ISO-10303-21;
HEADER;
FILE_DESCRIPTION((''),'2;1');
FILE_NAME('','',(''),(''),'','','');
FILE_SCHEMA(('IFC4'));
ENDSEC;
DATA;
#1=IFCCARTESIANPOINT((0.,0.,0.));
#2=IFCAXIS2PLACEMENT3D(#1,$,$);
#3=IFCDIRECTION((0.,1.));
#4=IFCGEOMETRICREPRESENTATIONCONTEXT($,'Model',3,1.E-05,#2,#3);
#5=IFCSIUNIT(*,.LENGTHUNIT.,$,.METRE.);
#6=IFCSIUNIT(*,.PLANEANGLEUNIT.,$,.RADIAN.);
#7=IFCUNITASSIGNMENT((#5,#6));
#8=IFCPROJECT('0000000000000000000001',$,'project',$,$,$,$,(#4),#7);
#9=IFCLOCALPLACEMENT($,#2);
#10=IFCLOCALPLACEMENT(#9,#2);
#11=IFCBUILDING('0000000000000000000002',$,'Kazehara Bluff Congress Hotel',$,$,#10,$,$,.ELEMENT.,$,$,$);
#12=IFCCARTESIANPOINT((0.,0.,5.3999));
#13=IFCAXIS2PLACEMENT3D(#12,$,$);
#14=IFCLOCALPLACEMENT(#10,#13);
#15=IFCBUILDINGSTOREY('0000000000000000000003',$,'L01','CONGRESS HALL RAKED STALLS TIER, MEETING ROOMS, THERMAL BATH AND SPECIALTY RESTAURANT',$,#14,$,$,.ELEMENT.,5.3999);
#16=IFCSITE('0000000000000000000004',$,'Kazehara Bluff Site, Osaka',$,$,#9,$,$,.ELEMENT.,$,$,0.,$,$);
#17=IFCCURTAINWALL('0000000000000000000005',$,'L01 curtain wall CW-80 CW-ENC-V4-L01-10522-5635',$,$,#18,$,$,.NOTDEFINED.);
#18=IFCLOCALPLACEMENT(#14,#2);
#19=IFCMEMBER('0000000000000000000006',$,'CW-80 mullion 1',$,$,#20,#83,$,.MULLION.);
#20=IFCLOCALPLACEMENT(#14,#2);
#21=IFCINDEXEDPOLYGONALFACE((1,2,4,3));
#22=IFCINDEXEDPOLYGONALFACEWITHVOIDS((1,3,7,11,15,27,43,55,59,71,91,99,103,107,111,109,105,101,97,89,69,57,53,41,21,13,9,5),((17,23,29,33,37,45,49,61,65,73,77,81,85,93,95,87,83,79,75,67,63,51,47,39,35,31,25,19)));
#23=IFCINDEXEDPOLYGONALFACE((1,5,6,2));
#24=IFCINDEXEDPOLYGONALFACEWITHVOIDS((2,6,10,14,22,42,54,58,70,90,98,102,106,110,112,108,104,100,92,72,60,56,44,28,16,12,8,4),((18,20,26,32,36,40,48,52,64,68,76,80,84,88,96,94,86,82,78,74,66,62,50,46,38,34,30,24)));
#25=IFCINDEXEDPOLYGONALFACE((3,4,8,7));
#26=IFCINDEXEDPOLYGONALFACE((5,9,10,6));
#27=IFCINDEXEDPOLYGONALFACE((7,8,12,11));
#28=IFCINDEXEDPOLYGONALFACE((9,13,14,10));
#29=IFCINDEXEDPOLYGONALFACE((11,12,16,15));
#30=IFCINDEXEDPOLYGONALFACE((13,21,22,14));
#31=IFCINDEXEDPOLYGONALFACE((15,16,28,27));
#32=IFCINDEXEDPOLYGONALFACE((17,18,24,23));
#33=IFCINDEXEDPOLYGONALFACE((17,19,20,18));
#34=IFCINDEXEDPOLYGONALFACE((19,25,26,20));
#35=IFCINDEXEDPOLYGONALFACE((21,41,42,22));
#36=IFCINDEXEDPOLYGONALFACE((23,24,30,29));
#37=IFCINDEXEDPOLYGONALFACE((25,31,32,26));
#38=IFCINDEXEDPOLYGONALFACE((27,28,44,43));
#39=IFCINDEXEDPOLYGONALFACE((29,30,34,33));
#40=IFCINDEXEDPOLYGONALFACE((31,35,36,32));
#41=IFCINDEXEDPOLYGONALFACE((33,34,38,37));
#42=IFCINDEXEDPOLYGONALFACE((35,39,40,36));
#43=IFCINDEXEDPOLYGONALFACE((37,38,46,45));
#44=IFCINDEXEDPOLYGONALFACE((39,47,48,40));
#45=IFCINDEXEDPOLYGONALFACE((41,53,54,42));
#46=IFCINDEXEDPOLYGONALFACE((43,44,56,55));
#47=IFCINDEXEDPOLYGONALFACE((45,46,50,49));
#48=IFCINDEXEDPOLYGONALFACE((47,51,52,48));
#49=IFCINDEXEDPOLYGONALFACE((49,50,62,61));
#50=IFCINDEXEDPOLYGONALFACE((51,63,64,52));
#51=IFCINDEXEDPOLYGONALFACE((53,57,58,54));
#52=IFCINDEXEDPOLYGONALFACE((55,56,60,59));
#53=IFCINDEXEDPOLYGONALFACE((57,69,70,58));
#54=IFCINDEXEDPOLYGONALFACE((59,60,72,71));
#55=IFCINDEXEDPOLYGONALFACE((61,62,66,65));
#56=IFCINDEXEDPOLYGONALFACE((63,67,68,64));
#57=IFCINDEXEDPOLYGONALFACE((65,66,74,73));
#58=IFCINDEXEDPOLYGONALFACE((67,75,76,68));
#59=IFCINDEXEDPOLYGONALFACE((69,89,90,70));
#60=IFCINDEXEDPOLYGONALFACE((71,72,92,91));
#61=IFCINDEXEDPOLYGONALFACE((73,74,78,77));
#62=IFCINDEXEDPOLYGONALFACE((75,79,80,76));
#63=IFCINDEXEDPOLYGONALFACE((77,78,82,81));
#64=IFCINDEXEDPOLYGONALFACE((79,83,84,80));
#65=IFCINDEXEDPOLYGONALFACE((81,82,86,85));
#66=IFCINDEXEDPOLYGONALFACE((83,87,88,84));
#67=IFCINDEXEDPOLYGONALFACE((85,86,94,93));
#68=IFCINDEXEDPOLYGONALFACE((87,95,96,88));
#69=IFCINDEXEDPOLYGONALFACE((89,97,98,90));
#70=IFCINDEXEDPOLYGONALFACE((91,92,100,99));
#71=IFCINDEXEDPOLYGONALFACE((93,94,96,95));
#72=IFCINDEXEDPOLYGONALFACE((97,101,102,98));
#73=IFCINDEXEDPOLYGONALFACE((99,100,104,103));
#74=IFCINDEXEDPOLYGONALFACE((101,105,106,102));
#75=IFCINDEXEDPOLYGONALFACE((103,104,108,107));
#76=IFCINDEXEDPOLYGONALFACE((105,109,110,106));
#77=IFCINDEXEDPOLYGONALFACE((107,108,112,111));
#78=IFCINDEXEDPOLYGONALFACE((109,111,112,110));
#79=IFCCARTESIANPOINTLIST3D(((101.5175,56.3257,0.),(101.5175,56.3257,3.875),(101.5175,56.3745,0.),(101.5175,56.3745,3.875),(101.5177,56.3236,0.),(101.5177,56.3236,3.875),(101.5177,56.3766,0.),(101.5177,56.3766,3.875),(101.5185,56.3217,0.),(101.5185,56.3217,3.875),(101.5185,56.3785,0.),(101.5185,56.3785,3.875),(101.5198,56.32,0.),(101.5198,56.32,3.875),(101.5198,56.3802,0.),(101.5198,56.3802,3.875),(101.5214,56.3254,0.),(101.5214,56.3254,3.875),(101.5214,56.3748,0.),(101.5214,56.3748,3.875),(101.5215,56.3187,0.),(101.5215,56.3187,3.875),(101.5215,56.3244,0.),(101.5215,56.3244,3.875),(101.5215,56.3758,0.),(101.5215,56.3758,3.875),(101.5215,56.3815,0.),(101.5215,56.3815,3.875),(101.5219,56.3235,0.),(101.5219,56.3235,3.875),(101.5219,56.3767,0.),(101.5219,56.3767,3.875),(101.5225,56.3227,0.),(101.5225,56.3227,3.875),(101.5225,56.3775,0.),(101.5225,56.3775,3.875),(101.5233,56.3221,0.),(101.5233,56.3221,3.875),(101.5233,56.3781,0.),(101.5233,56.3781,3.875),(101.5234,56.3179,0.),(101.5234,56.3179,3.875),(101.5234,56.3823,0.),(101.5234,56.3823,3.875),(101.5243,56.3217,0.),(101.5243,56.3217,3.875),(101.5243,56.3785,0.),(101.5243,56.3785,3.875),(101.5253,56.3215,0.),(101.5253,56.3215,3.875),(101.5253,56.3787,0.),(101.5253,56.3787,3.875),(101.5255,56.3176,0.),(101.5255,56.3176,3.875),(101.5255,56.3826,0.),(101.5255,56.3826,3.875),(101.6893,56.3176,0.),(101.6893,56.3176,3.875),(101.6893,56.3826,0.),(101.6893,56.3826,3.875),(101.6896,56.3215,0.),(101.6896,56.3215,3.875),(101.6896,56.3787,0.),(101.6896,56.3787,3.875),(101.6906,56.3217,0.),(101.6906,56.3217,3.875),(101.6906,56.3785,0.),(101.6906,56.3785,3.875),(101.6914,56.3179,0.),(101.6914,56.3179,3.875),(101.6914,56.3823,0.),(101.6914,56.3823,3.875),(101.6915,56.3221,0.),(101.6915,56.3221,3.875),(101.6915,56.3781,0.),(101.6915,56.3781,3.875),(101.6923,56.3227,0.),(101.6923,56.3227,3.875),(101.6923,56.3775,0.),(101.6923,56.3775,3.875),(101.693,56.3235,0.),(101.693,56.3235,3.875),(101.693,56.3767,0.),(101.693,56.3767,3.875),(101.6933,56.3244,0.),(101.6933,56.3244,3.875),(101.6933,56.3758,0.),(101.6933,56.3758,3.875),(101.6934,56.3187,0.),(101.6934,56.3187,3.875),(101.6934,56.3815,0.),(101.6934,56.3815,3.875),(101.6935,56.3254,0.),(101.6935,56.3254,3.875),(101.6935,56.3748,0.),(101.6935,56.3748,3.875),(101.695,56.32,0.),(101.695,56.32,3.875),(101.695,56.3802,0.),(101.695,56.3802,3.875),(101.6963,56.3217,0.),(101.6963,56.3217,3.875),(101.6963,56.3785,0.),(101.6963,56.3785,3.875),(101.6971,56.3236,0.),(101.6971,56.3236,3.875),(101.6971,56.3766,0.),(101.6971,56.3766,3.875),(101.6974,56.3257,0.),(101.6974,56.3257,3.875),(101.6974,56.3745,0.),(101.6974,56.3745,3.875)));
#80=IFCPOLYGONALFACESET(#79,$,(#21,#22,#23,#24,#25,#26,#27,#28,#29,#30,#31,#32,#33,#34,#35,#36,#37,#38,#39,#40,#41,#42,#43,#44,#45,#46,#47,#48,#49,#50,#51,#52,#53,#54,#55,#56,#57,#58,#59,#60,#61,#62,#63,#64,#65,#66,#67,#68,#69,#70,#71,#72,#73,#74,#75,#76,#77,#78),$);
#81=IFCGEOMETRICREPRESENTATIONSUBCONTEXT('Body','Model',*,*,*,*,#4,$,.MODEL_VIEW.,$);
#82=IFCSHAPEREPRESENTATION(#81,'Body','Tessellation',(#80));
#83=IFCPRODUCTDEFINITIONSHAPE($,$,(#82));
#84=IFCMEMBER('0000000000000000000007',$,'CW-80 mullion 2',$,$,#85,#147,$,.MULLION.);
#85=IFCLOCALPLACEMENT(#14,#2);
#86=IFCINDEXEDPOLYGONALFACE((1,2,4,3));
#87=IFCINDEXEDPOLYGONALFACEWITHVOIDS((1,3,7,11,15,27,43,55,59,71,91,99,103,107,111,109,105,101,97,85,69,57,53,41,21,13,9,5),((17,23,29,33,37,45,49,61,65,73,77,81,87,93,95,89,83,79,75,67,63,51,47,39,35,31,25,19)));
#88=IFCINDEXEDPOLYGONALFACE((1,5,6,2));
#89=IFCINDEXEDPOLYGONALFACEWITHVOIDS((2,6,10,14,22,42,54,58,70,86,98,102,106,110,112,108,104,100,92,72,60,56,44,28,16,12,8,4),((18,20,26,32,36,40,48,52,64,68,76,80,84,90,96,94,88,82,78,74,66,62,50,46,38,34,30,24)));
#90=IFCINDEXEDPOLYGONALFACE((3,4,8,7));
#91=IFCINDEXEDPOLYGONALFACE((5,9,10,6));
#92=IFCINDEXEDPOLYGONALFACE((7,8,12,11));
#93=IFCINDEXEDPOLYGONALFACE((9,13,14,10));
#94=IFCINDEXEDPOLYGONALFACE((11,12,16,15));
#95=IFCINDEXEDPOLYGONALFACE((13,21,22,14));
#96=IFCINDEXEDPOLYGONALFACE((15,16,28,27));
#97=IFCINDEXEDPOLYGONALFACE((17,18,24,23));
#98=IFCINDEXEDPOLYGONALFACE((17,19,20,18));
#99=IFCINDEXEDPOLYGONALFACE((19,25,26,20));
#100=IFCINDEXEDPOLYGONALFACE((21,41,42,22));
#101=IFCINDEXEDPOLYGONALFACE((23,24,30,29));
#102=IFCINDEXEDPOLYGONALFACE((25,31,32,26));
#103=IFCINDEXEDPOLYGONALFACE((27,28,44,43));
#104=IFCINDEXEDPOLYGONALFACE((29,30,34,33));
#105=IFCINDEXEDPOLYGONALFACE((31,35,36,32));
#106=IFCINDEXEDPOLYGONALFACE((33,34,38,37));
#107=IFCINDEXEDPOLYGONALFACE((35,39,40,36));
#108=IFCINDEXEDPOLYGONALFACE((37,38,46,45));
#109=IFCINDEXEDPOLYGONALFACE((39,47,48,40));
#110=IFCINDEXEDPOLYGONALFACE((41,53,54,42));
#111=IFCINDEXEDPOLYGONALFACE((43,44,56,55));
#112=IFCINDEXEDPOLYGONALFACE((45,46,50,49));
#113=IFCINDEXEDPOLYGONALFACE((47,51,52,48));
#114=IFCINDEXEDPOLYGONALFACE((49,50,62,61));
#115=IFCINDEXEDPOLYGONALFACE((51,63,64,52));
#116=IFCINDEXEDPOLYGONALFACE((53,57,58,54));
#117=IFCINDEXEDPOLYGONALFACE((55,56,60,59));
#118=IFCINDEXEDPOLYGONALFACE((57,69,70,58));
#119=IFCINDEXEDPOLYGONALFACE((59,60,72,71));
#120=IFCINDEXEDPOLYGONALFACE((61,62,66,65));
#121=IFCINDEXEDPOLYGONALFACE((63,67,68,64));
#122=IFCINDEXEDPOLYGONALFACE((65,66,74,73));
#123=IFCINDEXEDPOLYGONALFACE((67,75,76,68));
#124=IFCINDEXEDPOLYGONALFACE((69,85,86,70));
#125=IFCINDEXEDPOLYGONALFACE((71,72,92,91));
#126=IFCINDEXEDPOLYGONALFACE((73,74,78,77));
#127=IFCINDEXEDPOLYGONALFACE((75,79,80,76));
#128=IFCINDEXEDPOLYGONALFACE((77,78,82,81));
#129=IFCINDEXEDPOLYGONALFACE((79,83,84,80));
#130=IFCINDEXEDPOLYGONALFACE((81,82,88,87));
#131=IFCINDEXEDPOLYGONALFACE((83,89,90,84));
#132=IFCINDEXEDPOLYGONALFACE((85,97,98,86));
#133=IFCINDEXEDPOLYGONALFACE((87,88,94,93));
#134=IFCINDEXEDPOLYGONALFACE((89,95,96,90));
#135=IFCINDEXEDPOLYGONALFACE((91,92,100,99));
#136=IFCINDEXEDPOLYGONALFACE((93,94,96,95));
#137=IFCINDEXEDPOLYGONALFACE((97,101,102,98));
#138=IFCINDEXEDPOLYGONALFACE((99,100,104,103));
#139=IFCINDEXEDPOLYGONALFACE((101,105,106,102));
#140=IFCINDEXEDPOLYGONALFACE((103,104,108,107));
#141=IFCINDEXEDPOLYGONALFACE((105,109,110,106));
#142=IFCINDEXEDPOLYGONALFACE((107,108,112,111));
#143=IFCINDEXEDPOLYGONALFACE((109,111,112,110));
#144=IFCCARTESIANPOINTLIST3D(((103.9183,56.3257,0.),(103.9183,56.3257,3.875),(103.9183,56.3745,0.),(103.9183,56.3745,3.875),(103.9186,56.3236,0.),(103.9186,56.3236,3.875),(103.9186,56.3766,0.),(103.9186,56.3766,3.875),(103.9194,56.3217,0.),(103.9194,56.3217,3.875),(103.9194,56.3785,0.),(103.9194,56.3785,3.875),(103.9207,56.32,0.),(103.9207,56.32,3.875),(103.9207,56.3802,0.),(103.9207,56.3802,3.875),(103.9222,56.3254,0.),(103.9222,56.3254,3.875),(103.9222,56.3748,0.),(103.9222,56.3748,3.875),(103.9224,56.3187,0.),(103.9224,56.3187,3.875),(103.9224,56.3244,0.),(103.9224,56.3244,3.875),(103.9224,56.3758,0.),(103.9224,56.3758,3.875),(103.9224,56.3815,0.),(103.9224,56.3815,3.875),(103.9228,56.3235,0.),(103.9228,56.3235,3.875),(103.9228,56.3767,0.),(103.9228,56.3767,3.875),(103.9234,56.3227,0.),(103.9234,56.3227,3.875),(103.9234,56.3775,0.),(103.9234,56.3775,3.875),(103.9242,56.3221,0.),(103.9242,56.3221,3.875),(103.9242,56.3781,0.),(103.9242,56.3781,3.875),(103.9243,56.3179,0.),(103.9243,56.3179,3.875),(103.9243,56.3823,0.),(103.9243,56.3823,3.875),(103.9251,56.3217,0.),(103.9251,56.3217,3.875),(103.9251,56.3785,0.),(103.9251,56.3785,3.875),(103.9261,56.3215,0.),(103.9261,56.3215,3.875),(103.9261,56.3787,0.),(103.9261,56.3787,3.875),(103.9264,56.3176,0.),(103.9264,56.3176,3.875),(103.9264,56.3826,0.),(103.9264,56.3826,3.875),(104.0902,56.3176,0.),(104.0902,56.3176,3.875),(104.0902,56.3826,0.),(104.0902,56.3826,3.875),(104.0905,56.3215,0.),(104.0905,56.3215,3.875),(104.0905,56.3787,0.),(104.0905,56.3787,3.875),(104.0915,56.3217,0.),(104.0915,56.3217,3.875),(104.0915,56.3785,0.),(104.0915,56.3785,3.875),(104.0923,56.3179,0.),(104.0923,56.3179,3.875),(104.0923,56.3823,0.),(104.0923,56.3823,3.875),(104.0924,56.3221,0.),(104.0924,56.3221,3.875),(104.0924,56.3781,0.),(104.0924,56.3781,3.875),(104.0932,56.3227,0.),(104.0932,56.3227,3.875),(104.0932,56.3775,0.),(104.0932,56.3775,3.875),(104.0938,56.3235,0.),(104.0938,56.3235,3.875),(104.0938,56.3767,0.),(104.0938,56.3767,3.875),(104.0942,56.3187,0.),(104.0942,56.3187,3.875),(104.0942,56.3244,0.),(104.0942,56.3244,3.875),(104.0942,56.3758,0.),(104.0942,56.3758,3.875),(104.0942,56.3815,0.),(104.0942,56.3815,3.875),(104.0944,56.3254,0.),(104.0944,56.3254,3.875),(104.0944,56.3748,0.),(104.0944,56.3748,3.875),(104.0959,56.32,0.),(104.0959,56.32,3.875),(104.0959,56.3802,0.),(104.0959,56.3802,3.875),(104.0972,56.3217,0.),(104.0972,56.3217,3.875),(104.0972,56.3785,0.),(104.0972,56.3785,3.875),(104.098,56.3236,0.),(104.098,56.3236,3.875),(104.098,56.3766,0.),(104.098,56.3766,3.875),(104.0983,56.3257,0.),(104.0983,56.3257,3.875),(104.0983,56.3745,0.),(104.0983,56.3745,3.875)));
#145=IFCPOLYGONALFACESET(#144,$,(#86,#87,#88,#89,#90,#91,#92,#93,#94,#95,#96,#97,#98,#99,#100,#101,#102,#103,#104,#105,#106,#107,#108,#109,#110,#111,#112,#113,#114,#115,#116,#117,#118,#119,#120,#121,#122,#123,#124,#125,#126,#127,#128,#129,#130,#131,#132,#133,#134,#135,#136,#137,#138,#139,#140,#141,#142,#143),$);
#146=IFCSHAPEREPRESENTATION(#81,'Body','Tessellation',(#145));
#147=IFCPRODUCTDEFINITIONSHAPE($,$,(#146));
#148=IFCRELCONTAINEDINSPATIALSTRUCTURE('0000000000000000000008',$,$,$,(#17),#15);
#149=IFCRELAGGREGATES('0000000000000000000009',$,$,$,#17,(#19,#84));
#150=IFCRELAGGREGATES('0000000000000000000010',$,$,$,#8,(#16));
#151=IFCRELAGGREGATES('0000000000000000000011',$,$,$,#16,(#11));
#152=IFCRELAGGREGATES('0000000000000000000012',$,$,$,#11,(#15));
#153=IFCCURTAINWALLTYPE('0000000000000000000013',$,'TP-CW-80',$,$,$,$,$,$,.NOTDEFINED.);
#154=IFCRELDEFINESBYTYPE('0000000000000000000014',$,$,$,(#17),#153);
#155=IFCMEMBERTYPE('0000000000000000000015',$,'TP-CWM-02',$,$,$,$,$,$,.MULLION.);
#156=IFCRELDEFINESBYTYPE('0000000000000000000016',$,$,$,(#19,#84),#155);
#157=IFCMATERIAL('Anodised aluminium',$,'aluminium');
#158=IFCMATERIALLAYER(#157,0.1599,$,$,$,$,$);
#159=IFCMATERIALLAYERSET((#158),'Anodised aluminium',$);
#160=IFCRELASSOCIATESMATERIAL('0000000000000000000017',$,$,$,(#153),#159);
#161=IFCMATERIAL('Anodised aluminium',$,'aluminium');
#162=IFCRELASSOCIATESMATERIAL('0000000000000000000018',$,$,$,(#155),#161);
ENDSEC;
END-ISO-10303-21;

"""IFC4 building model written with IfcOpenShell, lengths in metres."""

from ifc_helpers import new_model, si_unit, direction, frame, origin, origin_2d, place, context, subcontext, project, spatial, hollow_rectangle, extrude, material, layer, layer_set, material_profile, profile_set, type_object, element, aggregate, save


model = new_model("IFC4")

# Units and contexts
model_context = context("Model", 3, precision=1e-05, world=origin(), true_north=direction((0.0, 1.0)))
body_context = subcontext(model_context, "Body", "Model", "MODEL_VIEW")
ifc_project = project(units=[si_unit("LENGTHUNIT", "METRE"), si_unit("PLANEANGLEUNIT", "RADIAN")], contexts=[model_context])

# Site, building, storey
site_placement = place(None, origin())
site = spatial("IfcSite", under=ifc_project, at=site_placement, Name="Kazehara Bluff Site, Osaka", CompositionType="ELEMENT", RefElevation=0.0)
building_placement = place(site_placement, origin())
building = spatial("IfcBuilding", under=site, at=building_placement, Name="Kazehara Bluff Congress Hotel", CompositionType="ELEMENT")
storey_placement = place(building_placement, frame((0.0, 0.0, 5.3999)))
storey = spatial("IfcBuildingStorey", under=building, at=storey_placement, Name="L01", Description="CONGRESS HALL RAKED STALLS TIER, MEETING ROOMS, THERMAL BATH AND SPECIALTY RESTAURANT", CompositionType="ELEMENT", Elevation=5.3999)

# Curtain wall, members
ifc_material_1 = material(Name="Anodised aluminium", Category="aluminium")
ifc_layer_1 = layer(ifc_material_1, 0.1599)
ifc_layer_set_1 = layer_set([ifc_layer_1], Name="Anodised aluminium")
curtain_wall_type_1 = type_object("IfcCurtainWallType", Name="TP-CW-80", PredefinedType="NOTDEFINED", material=ifc_layer_set_1)
curtain_wall_1_placement = place(storey_placement, origin())
curtain_wall_1 = element("IfcCurtainWall", 1, at=curtain_wall_1_placement, inside=storey, type_object=curtain_wall_type_1, Name="L01 curtain wall CW-80 CW-ENC-V4-L01-10522-5635", PredefinedType="NOTDEFINED")
ifc_material_2 = material(Name="Anodised aluminium", Category="aluminium")
ifc_material_profile_1 = material_profile(ifc_material_2, hollow_rectangle(XDim=0.0649, YDim=0.1799, WallThickness=0.0039, InnerFilletRadius=0.0039, OuterFilletRadius=0.0081, at=origin_2d()))
ifc_profile_set_1 = profile_set([ifc_material_profile_1], Name="Anodised aluminium")
member_type_1 = type_object("IfcMemberType", Name="TP-CWM-02", PredefinedType="MULLION", material=ifc_profile_set_1)
member_1_placement = place(storey_placement, frame((101.6074, 56.3501, 0.0), z_axis=(0.0, 0.0, 1.0), x_axis=(0.0, 1.0, 0.0)))
member_1 = element("IfcMember", 2, at=member_1_placement, type_object=member_type_1, Name="CW-80 mullion 1", PredefinedType="MULLION", context=body_context, shape_type="SweptSolid", body=[
    extrude(hollow_rectangle(XDim=0.0649, YDim=0.1799, WallThickness=0.0039, InnerFilletRadius=0.0039, OuterFilletRadius=0.0081, at=origin_2d()), origin(), (0.0, 0.0, 1.0), 3.875),
])
member_2_placement = place(storey_placement, frame((104.0083, 56.3501, 0.0), z_axis=(0.0, 0.0, 1.0), x_axis=(0.0, 1.0, 0.0)))
member_2 = element("IfcMember", 3, at=member_2_placement, type_object=member_type_1, Name="CW-80 mullion 2", PredefinedType="MULLION", context=body_context, shape_type="SweptSolid", body=[
    extrude(hollow_rectangle(XDim=0.0649, YDim=0.1799, WallThickness=0.0039, InnerFilletRadius=0.0039, OuterFilletRadius=0.0081, at=origin_2d()), origin(), (0.0, 0.0, 1.0), 3.875),
])

aggregate(curtain_wall_1, [member_1, member_2])

save(model, "model.ifc")
